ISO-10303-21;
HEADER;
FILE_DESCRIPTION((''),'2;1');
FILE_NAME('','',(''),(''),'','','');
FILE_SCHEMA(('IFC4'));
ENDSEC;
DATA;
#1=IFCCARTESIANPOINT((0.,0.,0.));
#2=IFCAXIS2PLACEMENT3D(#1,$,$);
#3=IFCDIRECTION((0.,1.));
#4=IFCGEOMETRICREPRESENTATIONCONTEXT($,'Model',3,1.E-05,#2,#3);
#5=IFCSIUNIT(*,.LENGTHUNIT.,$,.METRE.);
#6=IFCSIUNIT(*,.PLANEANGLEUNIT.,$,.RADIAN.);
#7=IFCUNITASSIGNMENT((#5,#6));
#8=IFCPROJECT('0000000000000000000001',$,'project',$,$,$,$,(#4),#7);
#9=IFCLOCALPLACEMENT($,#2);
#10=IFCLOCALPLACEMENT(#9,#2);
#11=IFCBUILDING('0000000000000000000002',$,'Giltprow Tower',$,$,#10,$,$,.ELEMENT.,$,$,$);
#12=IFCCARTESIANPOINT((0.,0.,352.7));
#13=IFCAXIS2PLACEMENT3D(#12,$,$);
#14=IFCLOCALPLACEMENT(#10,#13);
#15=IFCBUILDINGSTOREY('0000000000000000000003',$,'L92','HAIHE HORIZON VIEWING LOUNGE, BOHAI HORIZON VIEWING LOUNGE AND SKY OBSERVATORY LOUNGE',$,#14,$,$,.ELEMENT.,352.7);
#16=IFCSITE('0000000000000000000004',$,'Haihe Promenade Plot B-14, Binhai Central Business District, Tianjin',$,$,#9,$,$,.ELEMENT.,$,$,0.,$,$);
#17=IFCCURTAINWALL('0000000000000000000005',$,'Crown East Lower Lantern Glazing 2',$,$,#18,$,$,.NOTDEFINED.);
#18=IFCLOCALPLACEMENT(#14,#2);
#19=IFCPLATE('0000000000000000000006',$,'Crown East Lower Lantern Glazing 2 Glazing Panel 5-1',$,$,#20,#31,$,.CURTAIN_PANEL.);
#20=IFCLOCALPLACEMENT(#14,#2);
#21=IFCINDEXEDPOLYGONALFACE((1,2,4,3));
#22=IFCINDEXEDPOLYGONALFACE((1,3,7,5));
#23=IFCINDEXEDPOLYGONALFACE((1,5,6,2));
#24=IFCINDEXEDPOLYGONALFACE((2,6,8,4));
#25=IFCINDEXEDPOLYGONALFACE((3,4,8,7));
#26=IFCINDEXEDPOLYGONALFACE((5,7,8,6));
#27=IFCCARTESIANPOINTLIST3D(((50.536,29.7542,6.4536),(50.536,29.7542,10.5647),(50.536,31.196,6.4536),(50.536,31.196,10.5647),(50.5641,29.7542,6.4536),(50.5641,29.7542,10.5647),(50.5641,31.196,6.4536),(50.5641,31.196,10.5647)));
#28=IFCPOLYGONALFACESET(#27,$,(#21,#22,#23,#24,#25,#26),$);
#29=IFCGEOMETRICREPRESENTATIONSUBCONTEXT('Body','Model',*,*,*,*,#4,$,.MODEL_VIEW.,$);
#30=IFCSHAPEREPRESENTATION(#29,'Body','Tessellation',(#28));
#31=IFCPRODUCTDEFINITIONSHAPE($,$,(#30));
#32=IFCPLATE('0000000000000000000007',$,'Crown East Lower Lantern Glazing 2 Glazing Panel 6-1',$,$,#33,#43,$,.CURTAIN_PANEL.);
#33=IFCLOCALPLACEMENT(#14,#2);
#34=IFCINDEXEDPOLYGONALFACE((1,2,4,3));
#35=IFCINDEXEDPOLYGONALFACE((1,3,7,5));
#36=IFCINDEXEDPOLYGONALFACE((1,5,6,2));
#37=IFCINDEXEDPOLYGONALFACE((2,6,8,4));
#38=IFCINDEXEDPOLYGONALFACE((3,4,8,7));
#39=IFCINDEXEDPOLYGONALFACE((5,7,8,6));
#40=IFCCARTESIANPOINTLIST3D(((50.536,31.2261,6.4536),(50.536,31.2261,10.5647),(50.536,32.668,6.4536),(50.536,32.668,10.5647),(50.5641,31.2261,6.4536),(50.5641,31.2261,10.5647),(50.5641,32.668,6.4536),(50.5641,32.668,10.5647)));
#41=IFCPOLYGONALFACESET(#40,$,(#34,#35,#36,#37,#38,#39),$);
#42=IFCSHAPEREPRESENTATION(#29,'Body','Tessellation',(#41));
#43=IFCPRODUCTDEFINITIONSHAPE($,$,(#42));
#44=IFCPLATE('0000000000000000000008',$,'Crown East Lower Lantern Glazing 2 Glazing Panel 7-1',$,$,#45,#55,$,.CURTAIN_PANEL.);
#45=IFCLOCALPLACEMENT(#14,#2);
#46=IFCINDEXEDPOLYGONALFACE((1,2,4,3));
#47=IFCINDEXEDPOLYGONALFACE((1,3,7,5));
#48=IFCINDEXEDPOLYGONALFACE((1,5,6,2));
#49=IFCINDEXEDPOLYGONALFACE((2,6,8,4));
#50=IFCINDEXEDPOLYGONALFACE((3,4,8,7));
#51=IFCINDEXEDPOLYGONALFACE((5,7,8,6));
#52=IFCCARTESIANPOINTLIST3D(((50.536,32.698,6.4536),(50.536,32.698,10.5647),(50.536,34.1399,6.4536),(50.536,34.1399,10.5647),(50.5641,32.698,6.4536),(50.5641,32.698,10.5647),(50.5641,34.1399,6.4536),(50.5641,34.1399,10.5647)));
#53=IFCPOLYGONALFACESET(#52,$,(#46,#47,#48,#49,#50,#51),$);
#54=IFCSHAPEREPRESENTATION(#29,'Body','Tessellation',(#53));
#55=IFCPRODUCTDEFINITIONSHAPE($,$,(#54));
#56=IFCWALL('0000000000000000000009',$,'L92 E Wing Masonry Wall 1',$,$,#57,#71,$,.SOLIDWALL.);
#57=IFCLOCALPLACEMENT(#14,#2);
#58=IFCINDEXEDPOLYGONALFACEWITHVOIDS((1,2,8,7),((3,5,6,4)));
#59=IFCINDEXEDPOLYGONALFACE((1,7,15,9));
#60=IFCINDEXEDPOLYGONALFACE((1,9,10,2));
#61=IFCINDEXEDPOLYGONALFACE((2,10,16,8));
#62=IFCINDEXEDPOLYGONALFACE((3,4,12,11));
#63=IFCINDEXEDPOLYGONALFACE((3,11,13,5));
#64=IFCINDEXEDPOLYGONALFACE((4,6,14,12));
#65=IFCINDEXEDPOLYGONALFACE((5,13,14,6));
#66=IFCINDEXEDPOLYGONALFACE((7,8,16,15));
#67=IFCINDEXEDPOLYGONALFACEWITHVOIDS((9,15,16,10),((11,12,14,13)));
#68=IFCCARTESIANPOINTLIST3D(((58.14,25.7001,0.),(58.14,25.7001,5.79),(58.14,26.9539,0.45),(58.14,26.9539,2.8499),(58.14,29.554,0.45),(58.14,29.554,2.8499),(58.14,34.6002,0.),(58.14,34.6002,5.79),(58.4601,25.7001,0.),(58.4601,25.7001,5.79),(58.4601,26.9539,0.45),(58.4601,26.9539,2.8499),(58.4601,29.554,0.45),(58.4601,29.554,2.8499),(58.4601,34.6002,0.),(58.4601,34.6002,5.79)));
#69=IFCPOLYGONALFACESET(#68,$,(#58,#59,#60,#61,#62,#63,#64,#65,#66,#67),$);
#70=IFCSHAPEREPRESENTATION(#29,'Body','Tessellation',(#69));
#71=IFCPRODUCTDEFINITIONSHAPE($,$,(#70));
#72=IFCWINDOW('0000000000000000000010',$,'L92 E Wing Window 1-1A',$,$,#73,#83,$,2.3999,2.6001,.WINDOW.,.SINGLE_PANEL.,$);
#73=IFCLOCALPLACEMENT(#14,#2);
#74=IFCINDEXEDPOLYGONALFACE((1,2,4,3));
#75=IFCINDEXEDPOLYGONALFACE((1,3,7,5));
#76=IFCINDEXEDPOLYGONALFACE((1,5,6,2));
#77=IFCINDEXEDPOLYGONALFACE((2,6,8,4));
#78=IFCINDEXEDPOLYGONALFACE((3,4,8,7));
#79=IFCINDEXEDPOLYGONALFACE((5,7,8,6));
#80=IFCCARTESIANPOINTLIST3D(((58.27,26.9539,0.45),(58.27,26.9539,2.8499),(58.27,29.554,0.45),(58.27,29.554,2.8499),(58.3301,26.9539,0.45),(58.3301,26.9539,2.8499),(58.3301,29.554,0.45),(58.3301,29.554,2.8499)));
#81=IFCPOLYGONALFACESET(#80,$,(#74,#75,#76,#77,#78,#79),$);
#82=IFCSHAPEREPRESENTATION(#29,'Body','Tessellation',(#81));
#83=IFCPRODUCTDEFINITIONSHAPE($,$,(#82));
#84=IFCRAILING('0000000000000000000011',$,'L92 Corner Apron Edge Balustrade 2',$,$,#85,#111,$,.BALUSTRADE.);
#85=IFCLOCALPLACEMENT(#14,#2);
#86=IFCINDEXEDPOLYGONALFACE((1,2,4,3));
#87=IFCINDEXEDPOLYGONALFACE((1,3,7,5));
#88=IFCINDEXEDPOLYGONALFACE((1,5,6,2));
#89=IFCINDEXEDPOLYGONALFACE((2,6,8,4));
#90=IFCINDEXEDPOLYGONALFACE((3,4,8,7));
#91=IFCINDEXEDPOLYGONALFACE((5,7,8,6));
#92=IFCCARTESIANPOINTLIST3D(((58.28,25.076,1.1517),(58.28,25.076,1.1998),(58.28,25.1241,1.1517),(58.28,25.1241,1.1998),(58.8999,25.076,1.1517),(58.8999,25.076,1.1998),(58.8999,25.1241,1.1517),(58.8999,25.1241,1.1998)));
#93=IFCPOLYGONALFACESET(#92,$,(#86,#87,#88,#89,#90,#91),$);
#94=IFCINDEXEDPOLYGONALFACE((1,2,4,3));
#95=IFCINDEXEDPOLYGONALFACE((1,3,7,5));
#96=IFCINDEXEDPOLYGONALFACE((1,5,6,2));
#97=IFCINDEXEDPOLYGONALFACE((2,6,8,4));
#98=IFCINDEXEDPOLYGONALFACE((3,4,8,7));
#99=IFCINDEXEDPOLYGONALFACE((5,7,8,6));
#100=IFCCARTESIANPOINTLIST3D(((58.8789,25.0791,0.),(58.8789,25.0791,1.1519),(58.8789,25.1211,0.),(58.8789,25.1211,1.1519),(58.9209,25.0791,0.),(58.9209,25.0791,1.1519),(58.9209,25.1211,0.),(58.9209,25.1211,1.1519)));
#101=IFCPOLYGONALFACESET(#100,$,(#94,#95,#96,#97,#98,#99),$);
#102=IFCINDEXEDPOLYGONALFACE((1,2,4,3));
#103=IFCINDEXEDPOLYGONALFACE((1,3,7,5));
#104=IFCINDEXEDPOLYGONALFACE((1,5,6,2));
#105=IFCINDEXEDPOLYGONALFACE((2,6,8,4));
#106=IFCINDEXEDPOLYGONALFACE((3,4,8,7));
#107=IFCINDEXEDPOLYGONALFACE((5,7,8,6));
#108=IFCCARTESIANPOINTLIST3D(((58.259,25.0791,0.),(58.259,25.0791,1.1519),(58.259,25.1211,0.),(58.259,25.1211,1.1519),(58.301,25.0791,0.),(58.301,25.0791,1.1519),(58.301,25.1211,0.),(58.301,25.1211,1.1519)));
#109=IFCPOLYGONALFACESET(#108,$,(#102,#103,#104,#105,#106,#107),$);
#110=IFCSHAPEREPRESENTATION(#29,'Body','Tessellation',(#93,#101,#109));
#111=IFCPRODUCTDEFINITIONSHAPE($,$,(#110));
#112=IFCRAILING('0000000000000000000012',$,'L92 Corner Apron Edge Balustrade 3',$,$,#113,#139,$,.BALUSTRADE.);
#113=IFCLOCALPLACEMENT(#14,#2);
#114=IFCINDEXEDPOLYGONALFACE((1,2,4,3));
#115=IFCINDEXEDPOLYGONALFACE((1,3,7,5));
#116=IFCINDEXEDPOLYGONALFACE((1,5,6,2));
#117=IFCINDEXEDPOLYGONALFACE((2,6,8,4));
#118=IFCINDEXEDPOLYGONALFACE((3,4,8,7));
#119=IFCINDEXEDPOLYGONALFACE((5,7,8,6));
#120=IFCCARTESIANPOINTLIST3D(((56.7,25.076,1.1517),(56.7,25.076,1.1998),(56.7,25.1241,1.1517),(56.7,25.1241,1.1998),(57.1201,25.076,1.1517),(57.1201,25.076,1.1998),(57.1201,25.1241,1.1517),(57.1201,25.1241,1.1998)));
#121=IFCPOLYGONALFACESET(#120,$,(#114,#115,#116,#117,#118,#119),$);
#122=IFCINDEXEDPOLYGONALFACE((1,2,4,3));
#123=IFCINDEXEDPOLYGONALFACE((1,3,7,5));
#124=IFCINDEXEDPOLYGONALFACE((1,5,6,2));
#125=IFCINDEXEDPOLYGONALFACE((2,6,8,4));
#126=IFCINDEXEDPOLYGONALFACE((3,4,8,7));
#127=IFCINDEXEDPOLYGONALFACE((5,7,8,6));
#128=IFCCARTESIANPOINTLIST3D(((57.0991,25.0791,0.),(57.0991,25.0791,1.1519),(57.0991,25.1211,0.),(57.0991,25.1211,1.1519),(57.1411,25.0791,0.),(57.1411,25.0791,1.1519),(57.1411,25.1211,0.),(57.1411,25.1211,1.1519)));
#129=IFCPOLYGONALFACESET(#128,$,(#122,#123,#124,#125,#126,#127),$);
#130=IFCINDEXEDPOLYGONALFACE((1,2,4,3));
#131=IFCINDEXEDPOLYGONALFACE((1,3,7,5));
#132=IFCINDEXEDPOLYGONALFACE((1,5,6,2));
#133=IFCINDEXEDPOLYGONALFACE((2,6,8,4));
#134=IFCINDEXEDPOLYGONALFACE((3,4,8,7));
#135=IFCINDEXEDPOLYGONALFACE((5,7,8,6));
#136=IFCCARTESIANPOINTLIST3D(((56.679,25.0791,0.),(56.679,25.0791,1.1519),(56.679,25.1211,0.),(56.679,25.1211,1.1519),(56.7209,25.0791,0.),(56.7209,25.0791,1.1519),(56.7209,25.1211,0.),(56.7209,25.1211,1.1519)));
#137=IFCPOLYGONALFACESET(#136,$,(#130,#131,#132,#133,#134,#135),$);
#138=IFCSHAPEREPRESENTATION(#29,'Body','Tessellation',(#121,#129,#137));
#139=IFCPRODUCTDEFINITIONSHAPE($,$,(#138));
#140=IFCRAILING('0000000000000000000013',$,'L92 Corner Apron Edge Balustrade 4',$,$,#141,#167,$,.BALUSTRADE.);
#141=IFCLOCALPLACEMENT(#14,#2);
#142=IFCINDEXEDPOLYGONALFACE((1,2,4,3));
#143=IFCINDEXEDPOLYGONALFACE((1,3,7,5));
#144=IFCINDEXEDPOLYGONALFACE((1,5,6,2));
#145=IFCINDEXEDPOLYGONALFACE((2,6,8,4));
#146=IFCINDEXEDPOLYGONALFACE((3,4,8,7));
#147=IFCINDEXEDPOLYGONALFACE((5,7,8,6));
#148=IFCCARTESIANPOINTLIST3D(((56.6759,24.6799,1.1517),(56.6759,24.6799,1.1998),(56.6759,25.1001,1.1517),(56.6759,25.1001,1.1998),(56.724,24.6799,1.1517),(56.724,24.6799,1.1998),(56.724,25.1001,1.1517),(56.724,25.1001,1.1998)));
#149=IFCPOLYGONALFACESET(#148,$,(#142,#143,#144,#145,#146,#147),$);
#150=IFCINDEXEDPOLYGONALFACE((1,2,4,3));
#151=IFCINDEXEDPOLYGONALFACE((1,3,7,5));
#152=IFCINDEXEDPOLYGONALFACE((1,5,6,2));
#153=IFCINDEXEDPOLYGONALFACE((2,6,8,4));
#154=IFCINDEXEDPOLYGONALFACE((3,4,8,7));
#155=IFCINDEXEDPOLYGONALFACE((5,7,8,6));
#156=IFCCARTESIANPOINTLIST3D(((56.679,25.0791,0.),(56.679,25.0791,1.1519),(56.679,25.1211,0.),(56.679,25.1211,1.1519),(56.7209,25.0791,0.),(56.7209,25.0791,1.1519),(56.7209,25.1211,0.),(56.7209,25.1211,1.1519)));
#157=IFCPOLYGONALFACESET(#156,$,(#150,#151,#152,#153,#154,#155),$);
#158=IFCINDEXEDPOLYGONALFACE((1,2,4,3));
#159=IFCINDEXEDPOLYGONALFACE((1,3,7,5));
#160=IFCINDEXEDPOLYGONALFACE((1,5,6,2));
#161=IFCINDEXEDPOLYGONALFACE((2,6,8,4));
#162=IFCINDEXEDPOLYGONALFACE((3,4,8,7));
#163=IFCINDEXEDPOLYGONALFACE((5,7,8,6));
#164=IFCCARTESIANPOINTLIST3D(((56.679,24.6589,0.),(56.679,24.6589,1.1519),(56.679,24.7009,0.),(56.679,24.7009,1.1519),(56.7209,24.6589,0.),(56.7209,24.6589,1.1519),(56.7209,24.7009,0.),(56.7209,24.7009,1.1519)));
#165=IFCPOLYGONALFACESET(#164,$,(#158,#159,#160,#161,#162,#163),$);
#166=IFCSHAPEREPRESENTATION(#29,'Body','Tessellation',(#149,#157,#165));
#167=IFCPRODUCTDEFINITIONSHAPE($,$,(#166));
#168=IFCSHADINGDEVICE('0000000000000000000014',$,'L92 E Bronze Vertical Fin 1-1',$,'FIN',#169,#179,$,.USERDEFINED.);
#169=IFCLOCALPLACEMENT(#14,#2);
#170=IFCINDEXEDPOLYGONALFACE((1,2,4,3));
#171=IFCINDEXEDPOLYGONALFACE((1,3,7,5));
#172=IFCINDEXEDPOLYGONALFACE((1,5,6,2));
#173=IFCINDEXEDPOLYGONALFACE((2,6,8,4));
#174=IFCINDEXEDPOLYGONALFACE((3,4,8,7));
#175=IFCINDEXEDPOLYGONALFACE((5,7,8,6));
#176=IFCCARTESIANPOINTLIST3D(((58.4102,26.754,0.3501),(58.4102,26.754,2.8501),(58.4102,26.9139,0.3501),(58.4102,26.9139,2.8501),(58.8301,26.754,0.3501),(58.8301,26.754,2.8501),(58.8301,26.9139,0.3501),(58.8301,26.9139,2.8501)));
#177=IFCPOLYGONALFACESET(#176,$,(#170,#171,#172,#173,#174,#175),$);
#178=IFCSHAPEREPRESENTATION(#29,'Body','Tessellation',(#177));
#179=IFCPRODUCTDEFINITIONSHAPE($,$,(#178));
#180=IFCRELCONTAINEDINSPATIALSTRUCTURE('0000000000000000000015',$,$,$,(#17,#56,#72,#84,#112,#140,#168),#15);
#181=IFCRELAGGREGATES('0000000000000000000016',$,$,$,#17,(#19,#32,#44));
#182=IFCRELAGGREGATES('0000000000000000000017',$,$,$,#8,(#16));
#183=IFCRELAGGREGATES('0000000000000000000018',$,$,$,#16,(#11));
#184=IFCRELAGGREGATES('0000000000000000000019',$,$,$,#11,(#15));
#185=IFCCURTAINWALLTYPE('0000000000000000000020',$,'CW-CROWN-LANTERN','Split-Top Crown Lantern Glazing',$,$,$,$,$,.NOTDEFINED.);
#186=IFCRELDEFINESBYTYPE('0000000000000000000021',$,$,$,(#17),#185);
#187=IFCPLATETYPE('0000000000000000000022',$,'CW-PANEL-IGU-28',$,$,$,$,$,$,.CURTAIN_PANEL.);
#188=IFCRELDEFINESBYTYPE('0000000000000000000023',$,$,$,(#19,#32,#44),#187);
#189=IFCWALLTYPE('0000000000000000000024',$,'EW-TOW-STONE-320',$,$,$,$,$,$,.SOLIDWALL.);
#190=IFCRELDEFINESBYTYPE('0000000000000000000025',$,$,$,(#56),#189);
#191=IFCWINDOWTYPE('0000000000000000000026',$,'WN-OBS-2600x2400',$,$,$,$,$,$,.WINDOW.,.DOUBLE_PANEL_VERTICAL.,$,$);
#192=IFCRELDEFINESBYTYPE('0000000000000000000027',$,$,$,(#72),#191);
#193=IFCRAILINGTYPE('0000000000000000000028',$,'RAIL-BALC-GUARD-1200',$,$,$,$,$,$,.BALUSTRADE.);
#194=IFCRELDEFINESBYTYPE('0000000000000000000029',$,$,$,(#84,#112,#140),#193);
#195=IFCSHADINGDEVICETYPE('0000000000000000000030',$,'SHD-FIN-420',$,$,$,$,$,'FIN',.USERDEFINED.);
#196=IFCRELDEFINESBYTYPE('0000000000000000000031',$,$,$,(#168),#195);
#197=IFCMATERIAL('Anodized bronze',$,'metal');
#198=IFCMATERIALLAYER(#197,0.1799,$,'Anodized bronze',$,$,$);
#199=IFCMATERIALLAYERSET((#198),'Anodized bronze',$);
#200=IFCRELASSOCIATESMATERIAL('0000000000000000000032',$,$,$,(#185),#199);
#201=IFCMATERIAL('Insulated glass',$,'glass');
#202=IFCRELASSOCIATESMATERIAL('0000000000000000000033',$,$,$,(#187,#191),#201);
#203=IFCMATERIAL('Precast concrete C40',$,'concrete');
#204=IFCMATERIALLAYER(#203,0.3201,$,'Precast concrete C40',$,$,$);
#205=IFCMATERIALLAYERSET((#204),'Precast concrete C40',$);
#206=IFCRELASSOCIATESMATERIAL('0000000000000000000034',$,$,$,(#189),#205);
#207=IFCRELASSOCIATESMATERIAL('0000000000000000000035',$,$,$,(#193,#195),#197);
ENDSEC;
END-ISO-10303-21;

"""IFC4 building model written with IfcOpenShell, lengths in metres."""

from ifc_helpers import new_model, si_unit, direction, frame, frame_2d, origin, origin_2d, place, context, subcontext, project, spatial, rectangle, extrude, source, transform, mapped, material, layer, layer_set, type_object, element, fill, aggregate, save


model = new_model("IFC4")

# Units and contexts
model_context = context("Model", 3, precision=1e-05, world=origin(), true_north=direction((0.0, 1.0)))
body_context = subcontext(model_context, "Body", "Model", "MODEL_VIEW")
ifc_project = project(units=[si_unit("LENGTHUNIT", "METRE"), si_unit("PLANEANGLEUNIT", "RADIAN")], contexts=[model_context])

# Site, building, storey
site_placement = place(None, origin())
site = spatial("IfcSite", under=ifc_project, at=site_placement, Name="Haihe Promenade Plot B-14, Binhai Central Business District, Tianjin", CompositionType="ELEMENT", RefElevation=0.0)
building_placement = place(site_placement, origin())
building = spatial("IfcBuilding", under=site, at=building_placement, Name="Giltprow Tower", CompositionType="ELEMENT")
storey_placement = place(building_placement, frame((0.0, 0.0, 352.7)))
storey = spatial("IfcBuildingStorey", under=building, at=storey_placement, Name="L92", Description="HAIHE HORIZON VIEWING LOUNGE, BOHAI HORIZON VIEWING LOUNGE AND SKY OBSERVATORY LOUNGE", CompositionType="ELEMENT", Elevation=352.7)

# Curtain wall
ifc_material_1 = material(Name="Anodized bronze", Category="metal")
ifc_layer_1 = layer(ifc_material_1, 0.1799, Name="Anodized bronze")
ifc_layer_set_1 = layer_set([ifc_layer_1], Name="Anodized bronze")
curtain_wall_type = type_object("IfcCurtainWallType", Name="CW-CROWN-LANTERN", Description="Split-Top Crown Lantern Glazing", PredefinedType="NOTDEFINED", material=ifc_layer_set_1)
curtain_wall_placement = place(storey_placement, origin())
curtain_wall = element("IfcCurtainWall", 1, at=curtain_wall_placement, inside=storey, type_object=curtain_wall_type, Name="Crown East Lower Lantern Glazing 2", PredefinedType="NOTDEFINED")

# Plates
ifc_material_2 = material(Name="Insulated glass", Category="glass")
plate_type_1 = type_object("IfcPlateType", Name="CW-PANEL-IGU-28", PredefinedType="CURTAIN_PANEL", material=ifc_material_2)
shared_shape_1 = source(origin(), body_context, "Body", "SweptSolid", [
    extrude(rectangle(XDim=1.4419, YDim=0.0281, at=origin_2d()), origin(), (0.0, 0.0, 1.0), 4.1111),
])
plate_1_placement = place(storey_placement, frame((50.55, 30.4751, 6.4536), z_axis=(0.0, 0.0, 1.0), x_axis=(0.0, 1.0, 0.0)))
plate_1 = element("IfcPlate", 2, at=plate_1_placement, type_object=plate_type_1, Name="Crown East Lower Lantern Glazing 2 Glazing Panel 5-1", PredefinedType="CURTAIN_PANEL", context=body_context, shape_type="MappedRepresentation", body=[
    mapped(shared_shape_1, transform((0.0, 0.0, 0.0), x_axis=(1.0, 0.0, 0.0), y_axis=(0.0, 1.0, 0.0), z_axis=(0.0, 0.0, 1.0), scale=1.0)),
])
plate_2_placement = place(storey_placement, frame((50.55, 31.947, 6.4536), z_axis=(0.0, 0.0, 1.0), x_axis=(0.0, 1.0, 0.0)))
plate_2 = element("IfcPlate", 3, at=plate_2_placement, type_object=plate_type_1, Name="Crown East Lower Lantern Glazing 2 Glazing Panel 6-1", PredefinedType="CURTAIN_PANEL", context=body_context, shape_type="MappedRepresentation", body=[
    mapped(shared_shape_1, transform((0.0, 0.0, 0.0), x_axis=(1.0, 0.0, 0.0), y_axis=(0.0, 1.0, 0.0), z_axis=(0.0, 0.0, 1.0), scale=1.0)),
])
plate_3_placement = place(storey_placement, frame((50.55, 33.4189, 6.4536), z_axis=(0.0, 0.0, 1.0), x_axis=(0.0, 1.0, 0.0)))
plate_3 = element("IfcPlate", 4, at=plate_3_placement, type_object=plate_type_1, Name="Crown East Lower Lantern Glazing 2 Glazing Panel 7-1", PredefinedType="CURTAIN_PANEL", context=body_context, shape_type="MappedRepresentation", body=[
    mapped(shared_shape_1, transform((0.0, 0.0, 0.0), x_axis=(1.0, 0.0, 0.0), y_axis=(0.0, 1.0, 0.0), z_axis=(0.0, 0.0, 1.0), scale=1.0)),
])
aggregate(curtain_wall, [plate_1, plate_2, plate_3])

# Wall, opening, window
ifc_material_3 = material(Name="Precast concrete C40", Category="concrete")
ifc_layer_2 = layer(ifc_material_3, 0.3201, Name="Precast concrete C40")
ifc_layer_set_2 = layer_set([ifc_layer_2], Name="Precast concrete C40")
wall_type = type_object("IfcWallType", Name="EW-TOW-STONE-320", PredefinedType="SOLIDWALL", material=ifc_layer_set_2)
wall_placement = place(storey_placement, frame((58.3, 25.7, 0.0), z_axis=(0.0, 0.0, 1.0), x_axis=(0.0, 1.0, 0.0)))
wall = element("IfcWall", 5, at=wall_placement, inside=storey, type_object=wall_type, Name="L92 E Wing Masonry Wall 1", PredefinedType="SOLIDWALL", context=body_context, shape_type="SweptSolid", body=[
    extrude(rectangle(XDim=8.9001, YDim=0.3201, at=frame_2d((4.4502, 0.0))), origin(), (0.0, 0.0, 1.0), 5.79),
])
opening_placement = place(wall_placement, frame((1.2539, 0.0, 0.45)))
opening = element("IfcOpeningElement", 6, at=opening_placement, cuts=wall, PredefinedType="OPENING", context=body_context, shape_type="SweptSolid", body=[
    extrude(rectangle(XDim=2.6001, YDim=2.3999, at=frame_2d((1.3, 1.2))), frame((0.0, 0.1699, 0.0), z_axis=(0.0, -1.0, 0.0), x_axis=(1.0, 0.0, 0.0)), (0.0, 0.0, 1.0), 0.3401),
])
window_type = type_object("IfcWindowType", Name="WN-OBS-2600x2400", PartitioningType="DOUBLE_PANEL_VERTICAL", PredefinedType="WINDOW", material=ifc_material_2)
shared_shape_2 = source(origin(), body_context, "Body", "SweptSolid", [
    extrude(rectangle(XDim=2.6001, YDim=2.3999, at=frame_2d((1.3, 1.2))), frame((0.0, 0.03, 0.0), z_axis=(0.0, -1.0, 0.0), x_axis=(1.0, 0.0, 0.0)), (0.0, 0.0, 1.0), 0.0601),
])
window_placement = place(opening_placement, origin())
window = element("IfcWindow", 7, at=window_placement, inside=storey, type_object=window_type, Name="L92 E Wing Window 1-1A", OverallHeight=2.3999, OverallWidth=2.6001, PartitioningType="SINGLE_PANEL", PredefinedType="WINDOW", context=body_context, shape_type="MappedRepresentation", body=[
    mapped(shared_shape_2, transform((0.0, 0.0, 0.0), x_axis=(1.0, 0.0, 0.0), y_axis=(0.0, 1.0, 0.0), z_axis=(0.0, 0.0, 1.0), scale=1.0)),
])
fill(opening, window)

# Railings
railing_type = type_object("IfcRailingType", Name="RAIL-BALC-GUARD-1200", PredefinedType="BALUSTRADE", material=ifc_material_1)
railing_1_placement = place(storey_placement, frame((58.8999, 25.1001, 0.0)))
element("IfcRailing", 8, at=railing_1_placement, inside=storey, type_object=railing_type, Name="L92 Corner Apron Edge Balustrade 2", PredefinedType="BALUSTRADE", context=body_context, shape_type="SweptSolid", body=[
    extrude(rectangle(XDim=0.0481, YDim=0.0481, at=origin_2d()), frame((0.0, 0.0, 1.1758), z_axis=(-1.0, 0.0, 0.0), x_axis=(0.0, -1.0, 0.0)), (0.0, 0.0, 1.0), 0.6199),
    extrude(rectangle(XDim=0.042, YDim=0.042, at=origin_2d()), origin(), (0.0, 0.0, 1.0), 1.1519),
    extrude(rectangle(XDim=0.042, YDim=0.042, at=origin_2d()), frame((-0.6199, 0.0, 0.0)), (0.0, 0.0, 1.0), 1.1519),
])
railing_2_placement = place(storey_placement, frame((57.1201, 25.1001, 0.0)))
element("IfcRailing", 9, at=railing_2_placement, inside=storey, type_object=railing_type, Name="L92 Corner Apron Edge Balustrade 3", PredefinedType="BALUSTRADE", context=body_context, shape_type="SweptSolid", body=[
    extrude(rectangle(XDim=0.0481, YDim=0.0481, at=origin_2d()), frame((0.0, 0.0, 1.1758), z_axis=(-1.0, 0.0, 0.0), x_axis=(0.0, -1.0, 0.0)), (0.0, 0.0, 1.0), 0.4202),
    extrude(rectangle(XDim=0.042, YDim=0.042, at=origin_2d()), origin(), (0.0, 0.0, 1.0), 1.1519),
    extrude(rectangle(XDim=0.042, YDim=0.042, at=origin_2d()), frame((-0.4202, 0.0, 0.0)), (0.0, 0.0, 1.0), 1.1519),
])
railing_3_placement = place(storey_placement, frame((56.7, 25.1001, 0.0)))
element("IfcRailing", 10, at=railing_3_placement, inside=storey, type_object=railing_type, Name="L92 Corner Apron Edge Balustrade 4", PredefinedType="BALUSTRADE", context=body_context, shape_type="SweptSolid", body=[
    extrude(rectangle(XDim=0.0481, YDim=0.0481, at=origin_2d()), frame((0.0, 0.0, 1.1758), z_axis=(0.0, -1.0, 0.0), x_axis=(1.0, 0.0, 0.0)), (0.0, 0.0, 1.0), 0.4202),
    extrude(rectangle(XDim=0.042, YDim=0.042, at=origin_2d()), origin(), (0.0, 0.0, 1.0), 1.1519),
    extrude(rectangle(XDim=0.042, YDim=0.042, at=origin_2d()), frame((0.0, -0.4202, 0.0)), (0.0, 0.0, 1.0), 1.1519),
])

# Shading device
shading_device_type = type_object("IfcShadingDeviceType", Name="SHD-FIN-420", ElementType="FIN", PredefinedType="USERDEFINED", material=ifc_material_1)
shared_shape_3 = source(origin(), body_context, "Body", "SweptSolid", [
    extrude(rectangle(XDim=0.4199, YDim=0.1599, at=origin_2d()), origin(), (0.0, 0.0, 1.0), 2.5),
])
shading_device_placement = place(storey_placement, frame((58.6201, 26.834, 0.3501), z_axis=(0.0, 0.0, 1.0), x_axis=(1.0, 0.0, 0.0)))
element("IfcShadingDevice", 11, at=shading_device_placement, inside=storey, type_object=shading_device_type, Name="L92 E Bronze Vertical Fin 1-1", ObjectType="FIN", PredefinedType="USERDEFINED", context=body_context, shape_type="MappedRepresentation", body=[
    mapped(shared_shape_3, transform((0.0, 0.0, 0.0), x_axis=(1.0, 0.0, 0.0), y_axis=(0.0, 1.0, 0.0), z_axis=(0.0, 0.0, 1.0), scale=1.0)),
])

save(model, "model.ifc")
